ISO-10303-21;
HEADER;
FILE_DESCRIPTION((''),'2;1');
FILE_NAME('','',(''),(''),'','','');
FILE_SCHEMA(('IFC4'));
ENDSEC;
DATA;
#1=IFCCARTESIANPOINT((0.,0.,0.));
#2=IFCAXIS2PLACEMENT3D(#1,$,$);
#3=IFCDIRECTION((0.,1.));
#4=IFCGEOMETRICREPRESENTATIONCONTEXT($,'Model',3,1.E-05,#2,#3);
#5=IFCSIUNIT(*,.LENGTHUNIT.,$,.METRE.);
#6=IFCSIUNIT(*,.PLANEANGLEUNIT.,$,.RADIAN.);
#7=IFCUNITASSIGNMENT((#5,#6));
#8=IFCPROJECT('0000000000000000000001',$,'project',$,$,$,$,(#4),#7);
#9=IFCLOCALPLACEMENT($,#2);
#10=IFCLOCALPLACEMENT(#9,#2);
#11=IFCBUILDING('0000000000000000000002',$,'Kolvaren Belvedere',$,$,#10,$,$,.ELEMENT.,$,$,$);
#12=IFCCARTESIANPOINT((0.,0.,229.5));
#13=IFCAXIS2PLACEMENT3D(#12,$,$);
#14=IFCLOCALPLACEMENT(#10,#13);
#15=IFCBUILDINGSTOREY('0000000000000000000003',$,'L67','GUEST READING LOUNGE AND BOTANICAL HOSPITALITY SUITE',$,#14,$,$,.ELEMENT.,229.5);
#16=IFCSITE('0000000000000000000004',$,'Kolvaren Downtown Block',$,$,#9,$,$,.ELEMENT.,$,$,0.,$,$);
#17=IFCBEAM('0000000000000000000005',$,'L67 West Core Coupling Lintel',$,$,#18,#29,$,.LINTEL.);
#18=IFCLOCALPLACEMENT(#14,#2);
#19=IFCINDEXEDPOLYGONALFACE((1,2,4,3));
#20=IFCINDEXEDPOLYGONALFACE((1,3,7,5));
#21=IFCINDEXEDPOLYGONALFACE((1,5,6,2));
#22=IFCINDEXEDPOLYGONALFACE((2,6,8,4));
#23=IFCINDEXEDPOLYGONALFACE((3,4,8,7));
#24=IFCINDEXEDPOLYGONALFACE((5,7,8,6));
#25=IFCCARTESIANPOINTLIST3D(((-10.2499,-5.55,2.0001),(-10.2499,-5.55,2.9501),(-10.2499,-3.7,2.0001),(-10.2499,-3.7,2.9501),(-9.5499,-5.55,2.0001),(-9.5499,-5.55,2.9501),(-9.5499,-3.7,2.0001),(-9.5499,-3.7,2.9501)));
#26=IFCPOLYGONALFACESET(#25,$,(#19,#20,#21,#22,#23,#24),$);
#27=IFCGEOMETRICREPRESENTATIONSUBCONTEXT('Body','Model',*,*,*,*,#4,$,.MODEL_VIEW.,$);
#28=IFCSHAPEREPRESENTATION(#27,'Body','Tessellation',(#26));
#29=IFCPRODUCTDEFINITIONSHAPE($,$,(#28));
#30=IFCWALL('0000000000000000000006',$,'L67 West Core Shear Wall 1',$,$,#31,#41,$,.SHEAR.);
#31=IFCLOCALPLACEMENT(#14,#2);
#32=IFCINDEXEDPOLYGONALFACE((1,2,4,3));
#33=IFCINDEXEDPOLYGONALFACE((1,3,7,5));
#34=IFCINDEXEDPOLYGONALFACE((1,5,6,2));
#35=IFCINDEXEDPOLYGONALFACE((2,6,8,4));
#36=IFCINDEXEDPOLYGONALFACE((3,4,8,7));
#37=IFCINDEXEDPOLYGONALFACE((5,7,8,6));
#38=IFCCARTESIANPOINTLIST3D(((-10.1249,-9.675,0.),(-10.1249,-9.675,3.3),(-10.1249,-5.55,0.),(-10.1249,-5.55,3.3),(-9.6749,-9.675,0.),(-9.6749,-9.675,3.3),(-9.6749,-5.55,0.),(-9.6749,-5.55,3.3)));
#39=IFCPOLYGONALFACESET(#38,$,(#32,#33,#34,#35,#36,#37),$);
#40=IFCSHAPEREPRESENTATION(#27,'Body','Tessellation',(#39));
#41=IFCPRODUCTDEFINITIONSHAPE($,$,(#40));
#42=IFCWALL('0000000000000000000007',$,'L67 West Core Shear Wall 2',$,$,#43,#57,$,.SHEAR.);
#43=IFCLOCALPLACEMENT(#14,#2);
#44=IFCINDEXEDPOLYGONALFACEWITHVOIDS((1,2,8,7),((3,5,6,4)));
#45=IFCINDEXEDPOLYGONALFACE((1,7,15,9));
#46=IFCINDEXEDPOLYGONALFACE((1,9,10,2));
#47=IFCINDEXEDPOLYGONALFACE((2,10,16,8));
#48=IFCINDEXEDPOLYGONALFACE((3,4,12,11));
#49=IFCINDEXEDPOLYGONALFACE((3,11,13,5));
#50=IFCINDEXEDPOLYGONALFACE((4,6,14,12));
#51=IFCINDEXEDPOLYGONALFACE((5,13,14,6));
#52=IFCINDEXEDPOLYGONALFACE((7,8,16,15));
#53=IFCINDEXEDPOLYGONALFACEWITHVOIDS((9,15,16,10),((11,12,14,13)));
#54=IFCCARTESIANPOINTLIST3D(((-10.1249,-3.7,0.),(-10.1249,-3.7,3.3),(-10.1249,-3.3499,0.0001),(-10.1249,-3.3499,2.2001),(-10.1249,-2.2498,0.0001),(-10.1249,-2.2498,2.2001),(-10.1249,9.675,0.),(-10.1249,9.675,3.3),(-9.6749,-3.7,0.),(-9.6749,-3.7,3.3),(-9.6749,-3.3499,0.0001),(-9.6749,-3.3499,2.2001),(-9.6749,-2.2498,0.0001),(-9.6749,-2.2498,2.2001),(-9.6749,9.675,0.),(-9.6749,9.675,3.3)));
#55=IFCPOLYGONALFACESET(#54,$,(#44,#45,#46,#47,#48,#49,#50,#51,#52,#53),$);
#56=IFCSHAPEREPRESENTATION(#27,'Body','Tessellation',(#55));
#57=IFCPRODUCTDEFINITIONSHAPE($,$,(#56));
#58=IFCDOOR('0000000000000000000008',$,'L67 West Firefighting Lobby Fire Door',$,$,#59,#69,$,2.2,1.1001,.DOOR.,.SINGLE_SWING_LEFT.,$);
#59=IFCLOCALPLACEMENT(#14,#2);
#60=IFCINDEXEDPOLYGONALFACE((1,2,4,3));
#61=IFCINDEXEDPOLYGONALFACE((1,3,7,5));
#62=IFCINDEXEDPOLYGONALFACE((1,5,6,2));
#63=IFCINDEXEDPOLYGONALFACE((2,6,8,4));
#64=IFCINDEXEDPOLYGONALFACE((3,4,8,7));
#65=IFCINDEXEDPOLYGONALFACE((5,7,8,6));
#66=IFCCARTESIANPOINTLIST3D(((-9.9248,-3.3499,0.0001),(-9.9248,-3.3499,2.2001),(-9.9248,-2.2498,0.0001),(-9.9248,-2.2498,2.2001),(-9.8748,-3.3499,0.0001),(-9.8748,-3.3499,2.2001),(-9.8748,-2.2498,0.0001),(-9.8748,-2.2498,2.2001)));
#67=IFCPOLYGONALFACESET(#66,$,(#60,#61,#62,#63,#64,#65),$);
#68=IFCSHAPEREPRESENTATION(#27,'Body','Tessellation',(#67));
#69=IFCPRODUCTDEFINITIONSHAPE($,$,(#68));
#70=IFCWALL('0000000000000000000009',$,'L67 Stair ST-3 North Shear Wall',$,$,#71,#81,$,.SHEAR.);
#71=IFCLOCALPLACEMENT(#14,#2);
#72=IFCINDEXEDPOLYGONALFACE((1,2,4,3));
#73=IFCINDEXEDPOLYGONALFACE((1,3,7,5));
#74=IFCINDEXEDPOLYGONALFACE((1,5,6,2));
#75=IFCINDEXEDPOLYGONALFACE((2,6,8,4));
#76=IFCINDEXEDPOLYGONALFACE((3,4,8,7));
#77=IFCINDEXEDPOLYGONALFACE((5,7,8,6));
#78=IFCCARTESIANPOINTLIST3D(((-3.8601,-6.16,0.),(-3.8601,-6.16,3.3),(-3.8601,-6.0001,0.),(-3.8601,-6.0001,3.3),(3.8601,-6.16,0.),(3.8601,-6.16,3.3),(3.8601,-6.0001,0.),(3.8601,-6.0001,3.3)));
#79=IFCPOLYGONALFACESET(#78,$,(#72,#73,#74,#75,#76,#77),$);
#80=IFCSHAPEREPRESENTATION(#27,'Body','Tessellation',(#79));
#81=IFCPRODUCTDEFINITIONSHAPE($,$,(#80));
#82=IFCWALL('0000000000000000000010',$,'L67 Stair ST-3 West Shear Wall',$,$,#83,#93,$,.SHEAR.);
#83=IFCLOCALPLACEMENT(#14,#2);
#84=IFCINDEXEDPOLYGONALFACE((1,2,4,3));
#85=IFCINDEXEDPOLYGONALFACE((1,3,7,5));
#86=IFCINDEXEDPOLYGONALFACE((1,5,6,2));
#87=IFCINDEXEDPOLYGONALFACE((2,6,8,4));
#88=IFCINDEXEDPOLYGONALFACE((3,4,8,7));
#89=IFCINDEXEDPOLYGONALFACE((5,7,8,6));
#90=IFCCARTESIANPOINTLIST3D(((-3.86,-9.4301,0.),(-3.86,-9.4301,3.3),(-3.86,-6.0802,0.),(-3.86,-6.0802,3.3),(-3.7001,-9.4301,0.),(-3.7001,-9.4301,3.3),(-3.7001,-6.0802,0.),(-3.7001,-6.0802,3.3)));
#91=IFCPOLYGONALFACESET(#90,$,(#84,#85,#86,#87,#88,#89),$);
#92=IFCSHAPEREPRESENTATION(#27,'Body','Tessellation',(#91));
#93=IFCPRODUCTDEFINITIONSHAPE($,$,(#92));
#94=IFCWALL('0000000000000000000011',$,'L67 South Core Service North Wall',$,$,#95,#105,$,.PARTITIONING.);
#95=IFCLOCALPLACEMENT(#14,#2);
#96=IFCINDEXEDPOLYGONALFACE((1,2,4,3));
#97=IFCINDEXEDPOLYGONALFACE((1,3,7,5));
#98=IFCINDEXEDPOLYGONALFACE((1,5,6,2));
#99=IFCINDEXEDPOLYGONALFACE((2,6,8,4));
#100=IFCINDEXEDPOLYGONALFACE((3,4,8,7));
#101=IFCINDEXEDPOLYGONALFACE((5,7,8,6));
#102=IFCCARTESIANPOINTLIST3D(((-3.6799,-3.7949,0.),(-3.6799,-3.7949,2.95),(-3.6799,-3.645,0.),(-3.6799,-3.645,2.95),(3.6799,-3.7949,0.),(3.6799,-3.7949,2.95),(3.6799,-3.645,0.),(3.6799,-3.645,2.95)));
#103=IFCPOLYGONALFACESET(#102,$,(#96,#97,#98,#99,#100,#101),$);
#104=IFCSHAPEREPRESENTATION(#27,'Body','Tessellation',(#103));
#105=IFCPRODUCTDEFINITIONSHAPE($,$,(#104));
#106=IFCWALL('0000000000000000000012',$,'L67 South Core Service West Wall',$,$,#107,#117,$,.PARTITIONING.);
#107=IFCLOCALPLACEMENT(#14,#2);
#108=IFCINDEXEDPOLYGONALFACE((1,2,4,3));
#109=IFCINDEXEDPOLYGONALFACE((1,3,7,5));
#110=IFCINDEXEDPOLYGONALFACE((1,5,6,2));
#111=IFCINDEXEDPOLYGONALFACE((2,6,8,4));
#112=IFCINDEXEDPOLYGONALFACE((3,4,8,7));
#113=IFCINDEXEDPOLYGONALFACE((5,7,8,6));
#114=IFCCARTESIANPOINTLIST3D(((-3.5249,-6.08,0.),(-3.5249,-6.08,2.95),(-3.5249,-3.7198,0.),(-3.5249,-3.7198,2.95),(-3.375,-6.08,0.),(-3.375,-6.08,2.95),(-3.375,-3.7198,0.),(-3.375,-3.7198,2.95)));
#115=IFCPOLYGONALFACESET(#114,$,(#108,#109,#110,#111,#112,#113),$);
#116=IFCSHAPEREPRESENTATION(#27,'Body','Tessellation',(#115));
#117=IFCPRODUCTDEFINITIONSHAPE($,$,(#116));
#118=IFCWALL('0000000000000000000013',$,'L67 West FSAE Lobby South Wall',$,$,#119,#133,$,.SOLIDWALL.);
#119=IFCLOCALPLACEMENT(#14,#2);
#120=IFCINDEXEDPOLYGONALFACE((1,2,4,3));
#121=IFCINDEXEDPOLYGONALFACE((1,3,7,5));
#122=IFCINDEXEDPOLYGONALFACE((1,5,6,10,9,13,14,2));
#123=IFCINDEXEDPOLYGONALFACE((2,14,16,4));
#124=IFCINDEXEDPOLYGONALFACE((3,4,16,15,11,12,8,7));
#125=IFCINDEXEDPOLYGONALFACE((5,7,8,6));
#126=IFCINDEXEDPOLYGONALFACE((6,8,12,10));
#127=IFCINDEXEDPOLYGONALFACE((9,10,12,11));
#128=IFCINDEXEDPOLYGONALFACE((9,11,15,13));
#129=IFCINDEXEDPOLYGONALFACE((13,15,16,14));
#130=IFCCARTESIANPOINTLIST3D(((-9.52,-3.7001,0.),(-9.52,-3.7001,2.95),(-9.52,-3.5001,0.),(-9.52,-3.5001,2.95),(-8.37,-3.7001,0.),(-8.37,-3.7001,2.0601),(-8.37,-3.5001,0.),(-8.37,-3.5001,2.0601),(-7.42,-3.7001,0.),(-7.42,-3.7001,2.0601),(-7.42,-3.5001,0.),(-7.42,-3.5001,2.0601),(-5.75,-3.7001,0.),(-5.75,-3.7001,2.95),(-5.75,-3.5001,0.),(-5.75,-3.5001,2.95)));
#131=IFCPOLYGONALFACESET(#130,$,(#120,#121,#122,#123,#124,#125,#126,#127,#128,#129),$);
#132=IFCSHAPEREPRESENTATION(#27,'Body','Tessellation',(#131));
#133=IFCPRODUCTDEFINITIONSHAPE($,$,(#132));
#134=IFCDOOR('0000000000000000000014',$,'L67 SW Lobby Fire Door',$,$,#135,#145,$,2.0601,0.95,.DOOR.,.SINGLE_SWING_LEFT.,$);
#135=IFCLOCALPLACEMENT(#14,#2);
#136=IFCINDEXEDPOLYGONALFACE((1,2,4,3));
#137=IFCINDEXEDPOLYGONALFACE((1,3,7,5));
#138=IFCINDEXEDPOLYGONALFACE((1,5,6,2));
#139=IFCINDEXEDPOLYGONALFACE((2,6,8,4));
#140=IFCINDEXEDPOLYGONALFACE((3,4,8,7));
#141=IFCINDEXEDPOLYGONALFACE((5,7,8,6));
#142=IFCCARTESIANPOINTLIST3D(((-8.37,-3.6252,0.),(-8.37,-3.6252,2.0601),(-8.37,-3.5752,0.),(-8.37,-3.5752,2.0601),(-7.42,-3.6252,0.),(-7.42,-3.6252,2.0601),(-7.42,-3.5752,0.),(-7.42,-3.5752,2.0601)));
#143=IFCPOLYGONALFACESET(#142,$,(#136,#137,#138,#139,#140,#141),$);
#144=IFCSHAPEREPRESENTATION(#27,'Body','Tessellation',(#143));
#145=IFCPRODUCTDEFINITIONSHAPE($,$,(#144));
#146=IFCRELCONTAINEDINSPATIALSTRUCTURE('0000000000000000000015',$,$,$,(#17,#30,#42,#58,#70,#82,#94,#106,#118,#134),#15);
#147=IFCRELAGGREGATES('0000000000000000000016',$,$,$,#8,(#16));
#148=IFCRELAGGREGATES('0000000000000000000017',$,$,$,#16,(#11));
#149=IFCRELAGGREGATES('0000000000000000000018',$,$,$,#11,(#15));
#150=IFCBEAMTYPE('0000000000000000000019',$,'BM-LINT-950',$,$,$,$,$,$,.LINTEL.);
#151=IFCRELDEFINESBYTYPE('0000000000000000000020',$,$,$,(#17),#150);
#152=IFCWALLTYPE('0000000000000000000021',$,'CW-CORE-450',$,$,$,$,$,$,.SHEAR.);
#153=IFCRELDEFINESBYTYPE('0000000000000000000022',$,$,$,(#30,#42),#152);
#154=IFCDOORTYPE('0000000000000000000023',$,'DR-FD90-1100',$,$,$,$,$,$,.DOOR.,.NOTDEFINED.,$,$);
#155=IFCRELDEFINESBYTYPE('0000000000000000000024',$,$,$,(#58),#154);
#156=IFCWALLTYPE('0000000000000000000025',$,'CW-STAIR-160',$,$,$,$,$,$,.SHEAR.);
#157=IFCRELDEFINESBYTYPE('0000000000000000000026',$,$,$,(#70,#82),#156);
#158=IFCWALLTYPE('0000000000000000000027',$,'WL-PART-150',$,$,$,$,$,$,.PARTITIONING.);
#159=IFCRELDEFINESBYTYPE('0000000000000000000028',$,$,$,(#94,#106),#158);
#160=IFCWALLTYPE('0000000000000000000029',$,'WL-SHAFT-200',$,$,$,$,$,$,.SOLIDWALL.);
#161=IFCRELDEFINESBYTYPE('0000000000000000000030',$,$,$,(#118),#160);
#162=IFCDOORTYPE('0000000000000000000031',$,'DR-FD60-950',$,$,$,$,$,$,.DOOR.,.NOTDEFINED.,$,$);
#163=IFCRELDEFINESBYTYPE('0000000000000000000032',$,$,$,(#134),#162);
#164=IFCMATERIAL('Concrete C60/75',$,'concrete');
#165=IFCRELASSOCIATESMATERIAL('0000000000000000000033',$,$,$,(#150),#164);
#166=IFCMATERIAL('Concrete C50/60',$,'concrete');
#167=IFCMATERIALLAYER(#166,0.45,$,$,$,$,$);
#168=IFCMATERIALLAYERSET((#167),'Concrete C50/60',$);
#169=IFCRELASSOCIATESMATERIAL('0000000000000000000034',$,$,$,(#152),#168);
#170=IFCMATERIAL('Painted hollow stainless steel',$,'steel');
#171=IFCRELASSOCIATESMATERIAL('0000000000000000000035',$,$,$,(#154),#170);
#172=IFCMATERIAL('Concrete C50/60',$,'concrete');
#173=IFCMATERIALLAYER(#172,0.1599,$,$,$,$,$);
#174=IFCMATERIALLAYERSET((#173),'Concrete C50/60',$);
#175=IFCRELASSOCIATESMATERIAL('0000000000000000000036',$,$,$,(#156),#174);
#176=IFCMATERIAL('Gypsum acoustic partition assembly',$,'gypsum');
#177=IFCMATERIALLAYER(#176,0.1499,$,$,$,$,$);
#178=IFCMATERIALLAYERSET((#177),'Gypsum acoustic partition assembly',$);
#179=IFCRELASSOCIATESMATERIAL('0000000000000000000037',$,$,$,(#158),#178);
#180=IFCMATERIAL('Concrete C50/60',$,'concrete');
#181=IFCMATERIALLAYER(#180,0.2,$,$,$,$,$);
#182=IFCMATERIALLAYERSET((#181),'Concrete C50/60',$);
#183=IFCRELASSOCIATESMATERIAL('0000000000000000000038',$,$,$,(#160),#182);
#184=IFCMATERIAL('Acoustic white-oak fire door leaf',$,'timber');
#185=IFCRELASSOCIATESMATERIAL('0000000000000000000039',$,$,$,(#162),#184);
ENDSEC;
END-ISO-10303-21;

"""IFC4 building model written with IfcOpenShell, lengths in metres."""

from ifc_helpers import new_model, si_unit, direction, frame, frame_2d, origin, origin_2d, place, context, subcontext, project, spatial, rectangle, extrude, material, layer, layer_set, material_profile, profile_set, type_object, element, fill, save


model = new_model("IFC4")

# Units and contexts
model_context = context("Model", 3, precision=1e-05, world=origin(), true_north=direction((0.0, 1.0)))
body_context = subcontext(model_context, "Body", "Model", "MODEL_VIEW")
ifc_project = project(units=[si_unit("LENGTHUNIT", "METRE"), si_unit("PLANEANGLEUNIT", "RADIAN")], contexts=[model_context])

# Site, building, storey
site_placement = place(None, origin())
site = spatial("IfcSite", under=ifc_project, at=site_placement, Name="Kolvaren Downtown Block", CompositionType="ELEMENT", RefElevation=0.0)
building_placement = place(site_placement, origin())
building = spatial("IfcBuilding", under=site, at=building_placement, Name="Kolvaren Belvedere", CompositionType="ELEMENT")
storey_placement = place(building_placement, frame((0.0, 0.0, 229.5)))
storey = spatial("IfcBuildingStorey", under=building, at=storey_placement, Name="L67", Description="GUEST READING LOUNGE AND BOTANICAL HOSPITALITY SUITE", CompositionType="ELEMENT", Elevation=229.5)

# Beam
ifc_material_1 = material(Name="Concrete C60/75", Category="concrete")
ifc_material_profile_1 = material_profile(ifc_material_1, rectangle(XDim=0.7, YDim=0.95, at=origin_2d()), Name="RC 700X950")
ifc_profile_set_1 = profile_set([ifc_material_profile_1], Name="Concrete C60/75")
beam_type_1 = type_object("IfcBeamType", Name="BM-LINT-950", PredefinedType="LINTEL", material=ifc_profile_set_1)
beam_1_placement = place(storey_placement, frame((-9.8999, -5.55, 2.4751), z_axis=(0.0, 1.0, 0.0), x_axis=(-1.0, 0.0, 0.0)))
element("IfcBeam", 1, at=beam_1_placement, inside=storey, type_object=beam_type_1, Name="L67 West Core Coupling Lintel", PredefinedType="LINTEL", context=body_context, shape_type="SweptSolid", body=[
    extrude(rectangle(XDim=0.7, YDim=0.95, at=origin_2d()), origin(), (0.0, 0.0, 1.0), 1.8501),
])

# Wall
ifc_material_2 = material(Name="Concrete C50/60", Category="concrete")
ifc_layer_1 = layer(ifc_material_2, 0.45)
ifc_layer_set_1 = layer_set([ifc_layer_1], Name="Concrete C50/60")
wall_type_1 = type_object("IfcWallType", Name="CW-CORE-450", PredefinedType="SHEAR", material=ifc_layer_set_1)
wall_1_placement = place(storey_placement, frame((-9.8999, -9.675, 0.0), z_axis=(0.0, 0.0, 1.0), x_axis=(0.0, 1.0, 0.0)))
element("IfcWall", 2, at=wall_1_placement, inside=storey, type_object=wall_type_1, Name="L67 West Core Shear Wall 1", PredefinedType="SHEAR", context=body_context, shape_type="SweptSolid", body=[
    extrude(rectangle(XDim=4.125, YDim=0.45, at=frame_2d((2.0625, 0.0))), origin(), (0.0, 0.0, 1.0), 3.3),
])

# Wall, opening, door
wall_2_placement = place(storey_placement, frame((-9.8999, -3.7, 0.0), z_axis=(0.0, 0.0, 1.0), x_axis=(0.0, 1.0, 0.0)))
wall_2 = element("IfcWall", 3, at=wall_2_placement, inside=storey, type_object=wall_type_1, Name="L67 West Core Shear Wall 2", PredefinedType="SHEAR", context=body_context, shape_type="SweptSolid", body=[
    extrude(rectangle(XDim=13.375, YDim=0.45, at=frame_2d((6.6875, 0.0))), origin(), (0.0, 0.0, 1.0), 3.3),
])
opening_1_placement = place(wall_2_placement, frame((0.3501, 0.0, 0.0)))
opening_1 = element("IfcOpeningElement", 4, at=opening_1_placement, cuts=wall_2, PredefinedType="OPENING", context=body_context, shape_type="SweptSolid", body=[
    extrude(rectangle(XDim=1.1001, YDim=2.2, at=frame_2d((0.55, 1.1001))), frame((0.0, 0.2349, 0.0), z_axis=(0.0, -1.0, 0.0), x_axis=(1.0, 0.0, 0.0)), (0.0, 0.0, 1.0), 0.47),
])
ifc_material_3 = material(Name="Painted hollow stainless steel", Category="steel")
door_type_1 = type_object("IfcDoorType", Name="DR-FD90-1100", OperationType="NOTDEFINED", PredefinedType="DOOR", material=ifc_material_3)
door_1_placement = place(opening_1_placement, origin())
door_1 = element("IfcDoor", 5, at=door_1_placement, inside=storey, type_object=door_type_1, Name="L67 West Firefighting Lobby Fire Door", OperationType="SINGLE_SWING_LEFT", OverallHeight=2.2, OverallWidth=1.1001, PredefinedType="DOOR", context=body_context, shape_type="SweptSolid", body=[
    extrude(rectangle(XDim=1.1001, YDim=2.2, at=frame_2d((0.55, 1.1001))), frame((0.0, 0.0249, 0.0), z_axis=(0.0, -1.0, 0.0), x_axis=(1.0, 0.0, 0.0)), (0.0, 0.0, 1.0), 0.05),
])
fill(opening_1, door_1)

# Walls
ifc_material_4 = material(Name="Concrete C50/60", Category="concrete")
ifc_layer_2 = layer(ifc_material_4, 0.1599)
ifc_layer_set_2 = layer_set([ifc_layer_2], Name="Concrete C50/60")
wall_type_2 = type_object("IfcWallType", Name="CW-STAIR-160", PredefinedType="SHEAR", material=ifc_layer_set_2)
wall_3_placement = place(storey_placement, frame((-3.8601, -6.0801, 0.0), z_axis=(0.0, 0.0, 1.0), x_axis=(1.0, 0.0, 0.0)))
element("IfcWall", 6, at=wall_3_placement, inside=storey, type_object=wall_type_2, Name="L67 Stair ST-3 North Shear Wall", PredefinedType="SHEAR", context=body_context, shape_type="SweptSolid", body=[
    extrude(rectangle(XDim=7.7202, YDim=0.1599, at=frame_2d((3.8601, 0.0))), origin(), (0.0, 0.0, 1.0), 3.3),
])
wall_4_placement = place(storey_placement, frame((-3.78, -9.4299, 0.0), z_axis=(0.0, 0.0, 1.0), x_axis=(0.0, 1.0, 0.0)))
element("IfcWall", 7, at=wall_4_placement, inside=storey, type_object=wall_type_2, Name="L67 Stair ST-3 West Shear Wall", PredefinedType="SHEAR", context=body_context, shape_type="SweptSolid", body=[
    extrude(rectangle(XDim=3.3499, YDim=0.1599, at=frame_2d((1.6748, 0.0))), origin(), (0.0, 0.0, 1.0), 3.3),
])
ifc_material_5 = material(Name="Gypsum acoustic partition assembly", Category="gypsum")
ifc_layer_3 = layer(ifc_material_5, 0.1499)
ifc_layer_set_3 = layer_set([ifc_layer_3], Name="Gypsum acoustic partition assembly")
wall_type_3 = type_object("IfcWallType", Name="WL-PART-150", PredefinedType="PARTITIONING", material=ifc_layer_set_3)
wall_5_placement = place(storey_placement, frame((-3.6799, -3.72, 0.0), z_axis=(0.0, 0.0, 1.0), x_axis=(1.0, 0.0, 0.0)))
element("IfcWall", 8, at=wall_5_placement, inside=storey, type_object=wall_type_3, Name="L67 South Core Service North Wall", PredefinedType="PARTITIONING", context=body_context, shape_type="SweptSolid", body=[
    extrude(rectangle(XDim=7.3599, YDim=0.1499, at=frame_2d((3.6799, 0.0))), origin(), (0.0, 0.0, 1.0), 2.95),
])
wall_6_placement = place(storey_placement, frame((-3.45, -6.0801, 0.0), z_axis=(0.0, 0.0, 1.0), x_axis=(0.0, 1.0, 0.0)))
element("IfcWall", 9, at=wall_6_placement, inside=storey, type_object=wall_type_3, Name="L67 South Core Service West Wall", PredefinedType="PARTITIONING", context=body_context, shape_type="SweptSolid", body=[
    extrude(rectangle(XDim=2.3601, YDim=0.1499, at=frame_2d((1.1802, 0.0))), origin(), (0.0, 0.0, 1.0), 2.95),
])

# Wall, opening, door
ifc_material_6 = material(Name="Concrete C50/60", Category="concrete")
ifc_layer_4 = layer(ifc_material_6, 0.2)
ifc_layer_set_4 = layer_set([ifc_layer_4], Name="Concrete C50/60")
wall_type_4 = type_object("IfcWallType", Name="WL-SHAFT-200", PredefinedType="SOLIDWALL", material=ifc_layer_set_4)
wall_7_placement = place(storey_placement, frame((-9.52, -3.6001, 0.0), z_axis=(0.0, 0.0, 1.0), x_axis=(1.0, 0.0, 0.0)))
wall_7 = element("IfcWall", 10, at=wall_7_placement, inside=storey, type_object=wall_type_4, Name="L67 West FSAE Lobby South Wall", PredefinedType="SOLIDWALL", context=body_context, shape_type="SweptSolid", body=[
    extrude(rectangle(XDim=3.77, YDim=0.2, at=frame_2d((1.885, 0.0))), origin(), (0.0, 0.0, 1.0), 2.95),
])
opening_2_placement = place(wall_7_placement, frame((1.1499, 0.0, 0.0)))
opening_2 = element("IfcOpeningElement", 11, at=opening_2_placement, cuts=wall_7, PredefinedType="OPENING", context=body_context, shape_type="SweptSolid", body=[
    extrude(rectangle(XDim=0.95, YDim=2.0601, at=frame_2d((0.4751, 1.03))), frame((0.0, 0.1099, 0.0), z_axis=(0.0, -1.0, 0.0), x_axis=(1.0, 0.0, 0.0)), (0.0, 0.0, 1.0), 0.22),
])
ifc_material_7 = material(Name="Acoustic white-oak fire door leaf", Category="timber")
door_type_2 = type_object("IfcDoorType", Name="DR-FD60-950", OperationType="NOTDEFINED", PredefinedType="DOOR", material=ifc_material_7)
door_2_placement = place(opening_2_placement, origin())
door_2 = element("IfcDoor", 12, at=door_2_placement, inside=storey, type_object=door_type_2, Name="L67 SW Lobby Fire Door", OperationType="SINGLE_SWING_LEFT", OverallHeight=2.0601, OverallWidth=0.95, PredefinedType="DOOR", context=body_context, shape_type="SweptSolid", body=[
    extrude(rectangle(XDim=0.95, YDim=2.0601, at=frame_2d((0.4751, 1.03))), frame((0.0, 0.0249, 0.0), z_axis=(0.0, -1.0, 0.0), x_axis=(1.0, 0.0, 0.0)), (0.0, 0.0, 1.0), 0.05),
])
fill(opening_2, door_2)

save(model, "model.ifc")
